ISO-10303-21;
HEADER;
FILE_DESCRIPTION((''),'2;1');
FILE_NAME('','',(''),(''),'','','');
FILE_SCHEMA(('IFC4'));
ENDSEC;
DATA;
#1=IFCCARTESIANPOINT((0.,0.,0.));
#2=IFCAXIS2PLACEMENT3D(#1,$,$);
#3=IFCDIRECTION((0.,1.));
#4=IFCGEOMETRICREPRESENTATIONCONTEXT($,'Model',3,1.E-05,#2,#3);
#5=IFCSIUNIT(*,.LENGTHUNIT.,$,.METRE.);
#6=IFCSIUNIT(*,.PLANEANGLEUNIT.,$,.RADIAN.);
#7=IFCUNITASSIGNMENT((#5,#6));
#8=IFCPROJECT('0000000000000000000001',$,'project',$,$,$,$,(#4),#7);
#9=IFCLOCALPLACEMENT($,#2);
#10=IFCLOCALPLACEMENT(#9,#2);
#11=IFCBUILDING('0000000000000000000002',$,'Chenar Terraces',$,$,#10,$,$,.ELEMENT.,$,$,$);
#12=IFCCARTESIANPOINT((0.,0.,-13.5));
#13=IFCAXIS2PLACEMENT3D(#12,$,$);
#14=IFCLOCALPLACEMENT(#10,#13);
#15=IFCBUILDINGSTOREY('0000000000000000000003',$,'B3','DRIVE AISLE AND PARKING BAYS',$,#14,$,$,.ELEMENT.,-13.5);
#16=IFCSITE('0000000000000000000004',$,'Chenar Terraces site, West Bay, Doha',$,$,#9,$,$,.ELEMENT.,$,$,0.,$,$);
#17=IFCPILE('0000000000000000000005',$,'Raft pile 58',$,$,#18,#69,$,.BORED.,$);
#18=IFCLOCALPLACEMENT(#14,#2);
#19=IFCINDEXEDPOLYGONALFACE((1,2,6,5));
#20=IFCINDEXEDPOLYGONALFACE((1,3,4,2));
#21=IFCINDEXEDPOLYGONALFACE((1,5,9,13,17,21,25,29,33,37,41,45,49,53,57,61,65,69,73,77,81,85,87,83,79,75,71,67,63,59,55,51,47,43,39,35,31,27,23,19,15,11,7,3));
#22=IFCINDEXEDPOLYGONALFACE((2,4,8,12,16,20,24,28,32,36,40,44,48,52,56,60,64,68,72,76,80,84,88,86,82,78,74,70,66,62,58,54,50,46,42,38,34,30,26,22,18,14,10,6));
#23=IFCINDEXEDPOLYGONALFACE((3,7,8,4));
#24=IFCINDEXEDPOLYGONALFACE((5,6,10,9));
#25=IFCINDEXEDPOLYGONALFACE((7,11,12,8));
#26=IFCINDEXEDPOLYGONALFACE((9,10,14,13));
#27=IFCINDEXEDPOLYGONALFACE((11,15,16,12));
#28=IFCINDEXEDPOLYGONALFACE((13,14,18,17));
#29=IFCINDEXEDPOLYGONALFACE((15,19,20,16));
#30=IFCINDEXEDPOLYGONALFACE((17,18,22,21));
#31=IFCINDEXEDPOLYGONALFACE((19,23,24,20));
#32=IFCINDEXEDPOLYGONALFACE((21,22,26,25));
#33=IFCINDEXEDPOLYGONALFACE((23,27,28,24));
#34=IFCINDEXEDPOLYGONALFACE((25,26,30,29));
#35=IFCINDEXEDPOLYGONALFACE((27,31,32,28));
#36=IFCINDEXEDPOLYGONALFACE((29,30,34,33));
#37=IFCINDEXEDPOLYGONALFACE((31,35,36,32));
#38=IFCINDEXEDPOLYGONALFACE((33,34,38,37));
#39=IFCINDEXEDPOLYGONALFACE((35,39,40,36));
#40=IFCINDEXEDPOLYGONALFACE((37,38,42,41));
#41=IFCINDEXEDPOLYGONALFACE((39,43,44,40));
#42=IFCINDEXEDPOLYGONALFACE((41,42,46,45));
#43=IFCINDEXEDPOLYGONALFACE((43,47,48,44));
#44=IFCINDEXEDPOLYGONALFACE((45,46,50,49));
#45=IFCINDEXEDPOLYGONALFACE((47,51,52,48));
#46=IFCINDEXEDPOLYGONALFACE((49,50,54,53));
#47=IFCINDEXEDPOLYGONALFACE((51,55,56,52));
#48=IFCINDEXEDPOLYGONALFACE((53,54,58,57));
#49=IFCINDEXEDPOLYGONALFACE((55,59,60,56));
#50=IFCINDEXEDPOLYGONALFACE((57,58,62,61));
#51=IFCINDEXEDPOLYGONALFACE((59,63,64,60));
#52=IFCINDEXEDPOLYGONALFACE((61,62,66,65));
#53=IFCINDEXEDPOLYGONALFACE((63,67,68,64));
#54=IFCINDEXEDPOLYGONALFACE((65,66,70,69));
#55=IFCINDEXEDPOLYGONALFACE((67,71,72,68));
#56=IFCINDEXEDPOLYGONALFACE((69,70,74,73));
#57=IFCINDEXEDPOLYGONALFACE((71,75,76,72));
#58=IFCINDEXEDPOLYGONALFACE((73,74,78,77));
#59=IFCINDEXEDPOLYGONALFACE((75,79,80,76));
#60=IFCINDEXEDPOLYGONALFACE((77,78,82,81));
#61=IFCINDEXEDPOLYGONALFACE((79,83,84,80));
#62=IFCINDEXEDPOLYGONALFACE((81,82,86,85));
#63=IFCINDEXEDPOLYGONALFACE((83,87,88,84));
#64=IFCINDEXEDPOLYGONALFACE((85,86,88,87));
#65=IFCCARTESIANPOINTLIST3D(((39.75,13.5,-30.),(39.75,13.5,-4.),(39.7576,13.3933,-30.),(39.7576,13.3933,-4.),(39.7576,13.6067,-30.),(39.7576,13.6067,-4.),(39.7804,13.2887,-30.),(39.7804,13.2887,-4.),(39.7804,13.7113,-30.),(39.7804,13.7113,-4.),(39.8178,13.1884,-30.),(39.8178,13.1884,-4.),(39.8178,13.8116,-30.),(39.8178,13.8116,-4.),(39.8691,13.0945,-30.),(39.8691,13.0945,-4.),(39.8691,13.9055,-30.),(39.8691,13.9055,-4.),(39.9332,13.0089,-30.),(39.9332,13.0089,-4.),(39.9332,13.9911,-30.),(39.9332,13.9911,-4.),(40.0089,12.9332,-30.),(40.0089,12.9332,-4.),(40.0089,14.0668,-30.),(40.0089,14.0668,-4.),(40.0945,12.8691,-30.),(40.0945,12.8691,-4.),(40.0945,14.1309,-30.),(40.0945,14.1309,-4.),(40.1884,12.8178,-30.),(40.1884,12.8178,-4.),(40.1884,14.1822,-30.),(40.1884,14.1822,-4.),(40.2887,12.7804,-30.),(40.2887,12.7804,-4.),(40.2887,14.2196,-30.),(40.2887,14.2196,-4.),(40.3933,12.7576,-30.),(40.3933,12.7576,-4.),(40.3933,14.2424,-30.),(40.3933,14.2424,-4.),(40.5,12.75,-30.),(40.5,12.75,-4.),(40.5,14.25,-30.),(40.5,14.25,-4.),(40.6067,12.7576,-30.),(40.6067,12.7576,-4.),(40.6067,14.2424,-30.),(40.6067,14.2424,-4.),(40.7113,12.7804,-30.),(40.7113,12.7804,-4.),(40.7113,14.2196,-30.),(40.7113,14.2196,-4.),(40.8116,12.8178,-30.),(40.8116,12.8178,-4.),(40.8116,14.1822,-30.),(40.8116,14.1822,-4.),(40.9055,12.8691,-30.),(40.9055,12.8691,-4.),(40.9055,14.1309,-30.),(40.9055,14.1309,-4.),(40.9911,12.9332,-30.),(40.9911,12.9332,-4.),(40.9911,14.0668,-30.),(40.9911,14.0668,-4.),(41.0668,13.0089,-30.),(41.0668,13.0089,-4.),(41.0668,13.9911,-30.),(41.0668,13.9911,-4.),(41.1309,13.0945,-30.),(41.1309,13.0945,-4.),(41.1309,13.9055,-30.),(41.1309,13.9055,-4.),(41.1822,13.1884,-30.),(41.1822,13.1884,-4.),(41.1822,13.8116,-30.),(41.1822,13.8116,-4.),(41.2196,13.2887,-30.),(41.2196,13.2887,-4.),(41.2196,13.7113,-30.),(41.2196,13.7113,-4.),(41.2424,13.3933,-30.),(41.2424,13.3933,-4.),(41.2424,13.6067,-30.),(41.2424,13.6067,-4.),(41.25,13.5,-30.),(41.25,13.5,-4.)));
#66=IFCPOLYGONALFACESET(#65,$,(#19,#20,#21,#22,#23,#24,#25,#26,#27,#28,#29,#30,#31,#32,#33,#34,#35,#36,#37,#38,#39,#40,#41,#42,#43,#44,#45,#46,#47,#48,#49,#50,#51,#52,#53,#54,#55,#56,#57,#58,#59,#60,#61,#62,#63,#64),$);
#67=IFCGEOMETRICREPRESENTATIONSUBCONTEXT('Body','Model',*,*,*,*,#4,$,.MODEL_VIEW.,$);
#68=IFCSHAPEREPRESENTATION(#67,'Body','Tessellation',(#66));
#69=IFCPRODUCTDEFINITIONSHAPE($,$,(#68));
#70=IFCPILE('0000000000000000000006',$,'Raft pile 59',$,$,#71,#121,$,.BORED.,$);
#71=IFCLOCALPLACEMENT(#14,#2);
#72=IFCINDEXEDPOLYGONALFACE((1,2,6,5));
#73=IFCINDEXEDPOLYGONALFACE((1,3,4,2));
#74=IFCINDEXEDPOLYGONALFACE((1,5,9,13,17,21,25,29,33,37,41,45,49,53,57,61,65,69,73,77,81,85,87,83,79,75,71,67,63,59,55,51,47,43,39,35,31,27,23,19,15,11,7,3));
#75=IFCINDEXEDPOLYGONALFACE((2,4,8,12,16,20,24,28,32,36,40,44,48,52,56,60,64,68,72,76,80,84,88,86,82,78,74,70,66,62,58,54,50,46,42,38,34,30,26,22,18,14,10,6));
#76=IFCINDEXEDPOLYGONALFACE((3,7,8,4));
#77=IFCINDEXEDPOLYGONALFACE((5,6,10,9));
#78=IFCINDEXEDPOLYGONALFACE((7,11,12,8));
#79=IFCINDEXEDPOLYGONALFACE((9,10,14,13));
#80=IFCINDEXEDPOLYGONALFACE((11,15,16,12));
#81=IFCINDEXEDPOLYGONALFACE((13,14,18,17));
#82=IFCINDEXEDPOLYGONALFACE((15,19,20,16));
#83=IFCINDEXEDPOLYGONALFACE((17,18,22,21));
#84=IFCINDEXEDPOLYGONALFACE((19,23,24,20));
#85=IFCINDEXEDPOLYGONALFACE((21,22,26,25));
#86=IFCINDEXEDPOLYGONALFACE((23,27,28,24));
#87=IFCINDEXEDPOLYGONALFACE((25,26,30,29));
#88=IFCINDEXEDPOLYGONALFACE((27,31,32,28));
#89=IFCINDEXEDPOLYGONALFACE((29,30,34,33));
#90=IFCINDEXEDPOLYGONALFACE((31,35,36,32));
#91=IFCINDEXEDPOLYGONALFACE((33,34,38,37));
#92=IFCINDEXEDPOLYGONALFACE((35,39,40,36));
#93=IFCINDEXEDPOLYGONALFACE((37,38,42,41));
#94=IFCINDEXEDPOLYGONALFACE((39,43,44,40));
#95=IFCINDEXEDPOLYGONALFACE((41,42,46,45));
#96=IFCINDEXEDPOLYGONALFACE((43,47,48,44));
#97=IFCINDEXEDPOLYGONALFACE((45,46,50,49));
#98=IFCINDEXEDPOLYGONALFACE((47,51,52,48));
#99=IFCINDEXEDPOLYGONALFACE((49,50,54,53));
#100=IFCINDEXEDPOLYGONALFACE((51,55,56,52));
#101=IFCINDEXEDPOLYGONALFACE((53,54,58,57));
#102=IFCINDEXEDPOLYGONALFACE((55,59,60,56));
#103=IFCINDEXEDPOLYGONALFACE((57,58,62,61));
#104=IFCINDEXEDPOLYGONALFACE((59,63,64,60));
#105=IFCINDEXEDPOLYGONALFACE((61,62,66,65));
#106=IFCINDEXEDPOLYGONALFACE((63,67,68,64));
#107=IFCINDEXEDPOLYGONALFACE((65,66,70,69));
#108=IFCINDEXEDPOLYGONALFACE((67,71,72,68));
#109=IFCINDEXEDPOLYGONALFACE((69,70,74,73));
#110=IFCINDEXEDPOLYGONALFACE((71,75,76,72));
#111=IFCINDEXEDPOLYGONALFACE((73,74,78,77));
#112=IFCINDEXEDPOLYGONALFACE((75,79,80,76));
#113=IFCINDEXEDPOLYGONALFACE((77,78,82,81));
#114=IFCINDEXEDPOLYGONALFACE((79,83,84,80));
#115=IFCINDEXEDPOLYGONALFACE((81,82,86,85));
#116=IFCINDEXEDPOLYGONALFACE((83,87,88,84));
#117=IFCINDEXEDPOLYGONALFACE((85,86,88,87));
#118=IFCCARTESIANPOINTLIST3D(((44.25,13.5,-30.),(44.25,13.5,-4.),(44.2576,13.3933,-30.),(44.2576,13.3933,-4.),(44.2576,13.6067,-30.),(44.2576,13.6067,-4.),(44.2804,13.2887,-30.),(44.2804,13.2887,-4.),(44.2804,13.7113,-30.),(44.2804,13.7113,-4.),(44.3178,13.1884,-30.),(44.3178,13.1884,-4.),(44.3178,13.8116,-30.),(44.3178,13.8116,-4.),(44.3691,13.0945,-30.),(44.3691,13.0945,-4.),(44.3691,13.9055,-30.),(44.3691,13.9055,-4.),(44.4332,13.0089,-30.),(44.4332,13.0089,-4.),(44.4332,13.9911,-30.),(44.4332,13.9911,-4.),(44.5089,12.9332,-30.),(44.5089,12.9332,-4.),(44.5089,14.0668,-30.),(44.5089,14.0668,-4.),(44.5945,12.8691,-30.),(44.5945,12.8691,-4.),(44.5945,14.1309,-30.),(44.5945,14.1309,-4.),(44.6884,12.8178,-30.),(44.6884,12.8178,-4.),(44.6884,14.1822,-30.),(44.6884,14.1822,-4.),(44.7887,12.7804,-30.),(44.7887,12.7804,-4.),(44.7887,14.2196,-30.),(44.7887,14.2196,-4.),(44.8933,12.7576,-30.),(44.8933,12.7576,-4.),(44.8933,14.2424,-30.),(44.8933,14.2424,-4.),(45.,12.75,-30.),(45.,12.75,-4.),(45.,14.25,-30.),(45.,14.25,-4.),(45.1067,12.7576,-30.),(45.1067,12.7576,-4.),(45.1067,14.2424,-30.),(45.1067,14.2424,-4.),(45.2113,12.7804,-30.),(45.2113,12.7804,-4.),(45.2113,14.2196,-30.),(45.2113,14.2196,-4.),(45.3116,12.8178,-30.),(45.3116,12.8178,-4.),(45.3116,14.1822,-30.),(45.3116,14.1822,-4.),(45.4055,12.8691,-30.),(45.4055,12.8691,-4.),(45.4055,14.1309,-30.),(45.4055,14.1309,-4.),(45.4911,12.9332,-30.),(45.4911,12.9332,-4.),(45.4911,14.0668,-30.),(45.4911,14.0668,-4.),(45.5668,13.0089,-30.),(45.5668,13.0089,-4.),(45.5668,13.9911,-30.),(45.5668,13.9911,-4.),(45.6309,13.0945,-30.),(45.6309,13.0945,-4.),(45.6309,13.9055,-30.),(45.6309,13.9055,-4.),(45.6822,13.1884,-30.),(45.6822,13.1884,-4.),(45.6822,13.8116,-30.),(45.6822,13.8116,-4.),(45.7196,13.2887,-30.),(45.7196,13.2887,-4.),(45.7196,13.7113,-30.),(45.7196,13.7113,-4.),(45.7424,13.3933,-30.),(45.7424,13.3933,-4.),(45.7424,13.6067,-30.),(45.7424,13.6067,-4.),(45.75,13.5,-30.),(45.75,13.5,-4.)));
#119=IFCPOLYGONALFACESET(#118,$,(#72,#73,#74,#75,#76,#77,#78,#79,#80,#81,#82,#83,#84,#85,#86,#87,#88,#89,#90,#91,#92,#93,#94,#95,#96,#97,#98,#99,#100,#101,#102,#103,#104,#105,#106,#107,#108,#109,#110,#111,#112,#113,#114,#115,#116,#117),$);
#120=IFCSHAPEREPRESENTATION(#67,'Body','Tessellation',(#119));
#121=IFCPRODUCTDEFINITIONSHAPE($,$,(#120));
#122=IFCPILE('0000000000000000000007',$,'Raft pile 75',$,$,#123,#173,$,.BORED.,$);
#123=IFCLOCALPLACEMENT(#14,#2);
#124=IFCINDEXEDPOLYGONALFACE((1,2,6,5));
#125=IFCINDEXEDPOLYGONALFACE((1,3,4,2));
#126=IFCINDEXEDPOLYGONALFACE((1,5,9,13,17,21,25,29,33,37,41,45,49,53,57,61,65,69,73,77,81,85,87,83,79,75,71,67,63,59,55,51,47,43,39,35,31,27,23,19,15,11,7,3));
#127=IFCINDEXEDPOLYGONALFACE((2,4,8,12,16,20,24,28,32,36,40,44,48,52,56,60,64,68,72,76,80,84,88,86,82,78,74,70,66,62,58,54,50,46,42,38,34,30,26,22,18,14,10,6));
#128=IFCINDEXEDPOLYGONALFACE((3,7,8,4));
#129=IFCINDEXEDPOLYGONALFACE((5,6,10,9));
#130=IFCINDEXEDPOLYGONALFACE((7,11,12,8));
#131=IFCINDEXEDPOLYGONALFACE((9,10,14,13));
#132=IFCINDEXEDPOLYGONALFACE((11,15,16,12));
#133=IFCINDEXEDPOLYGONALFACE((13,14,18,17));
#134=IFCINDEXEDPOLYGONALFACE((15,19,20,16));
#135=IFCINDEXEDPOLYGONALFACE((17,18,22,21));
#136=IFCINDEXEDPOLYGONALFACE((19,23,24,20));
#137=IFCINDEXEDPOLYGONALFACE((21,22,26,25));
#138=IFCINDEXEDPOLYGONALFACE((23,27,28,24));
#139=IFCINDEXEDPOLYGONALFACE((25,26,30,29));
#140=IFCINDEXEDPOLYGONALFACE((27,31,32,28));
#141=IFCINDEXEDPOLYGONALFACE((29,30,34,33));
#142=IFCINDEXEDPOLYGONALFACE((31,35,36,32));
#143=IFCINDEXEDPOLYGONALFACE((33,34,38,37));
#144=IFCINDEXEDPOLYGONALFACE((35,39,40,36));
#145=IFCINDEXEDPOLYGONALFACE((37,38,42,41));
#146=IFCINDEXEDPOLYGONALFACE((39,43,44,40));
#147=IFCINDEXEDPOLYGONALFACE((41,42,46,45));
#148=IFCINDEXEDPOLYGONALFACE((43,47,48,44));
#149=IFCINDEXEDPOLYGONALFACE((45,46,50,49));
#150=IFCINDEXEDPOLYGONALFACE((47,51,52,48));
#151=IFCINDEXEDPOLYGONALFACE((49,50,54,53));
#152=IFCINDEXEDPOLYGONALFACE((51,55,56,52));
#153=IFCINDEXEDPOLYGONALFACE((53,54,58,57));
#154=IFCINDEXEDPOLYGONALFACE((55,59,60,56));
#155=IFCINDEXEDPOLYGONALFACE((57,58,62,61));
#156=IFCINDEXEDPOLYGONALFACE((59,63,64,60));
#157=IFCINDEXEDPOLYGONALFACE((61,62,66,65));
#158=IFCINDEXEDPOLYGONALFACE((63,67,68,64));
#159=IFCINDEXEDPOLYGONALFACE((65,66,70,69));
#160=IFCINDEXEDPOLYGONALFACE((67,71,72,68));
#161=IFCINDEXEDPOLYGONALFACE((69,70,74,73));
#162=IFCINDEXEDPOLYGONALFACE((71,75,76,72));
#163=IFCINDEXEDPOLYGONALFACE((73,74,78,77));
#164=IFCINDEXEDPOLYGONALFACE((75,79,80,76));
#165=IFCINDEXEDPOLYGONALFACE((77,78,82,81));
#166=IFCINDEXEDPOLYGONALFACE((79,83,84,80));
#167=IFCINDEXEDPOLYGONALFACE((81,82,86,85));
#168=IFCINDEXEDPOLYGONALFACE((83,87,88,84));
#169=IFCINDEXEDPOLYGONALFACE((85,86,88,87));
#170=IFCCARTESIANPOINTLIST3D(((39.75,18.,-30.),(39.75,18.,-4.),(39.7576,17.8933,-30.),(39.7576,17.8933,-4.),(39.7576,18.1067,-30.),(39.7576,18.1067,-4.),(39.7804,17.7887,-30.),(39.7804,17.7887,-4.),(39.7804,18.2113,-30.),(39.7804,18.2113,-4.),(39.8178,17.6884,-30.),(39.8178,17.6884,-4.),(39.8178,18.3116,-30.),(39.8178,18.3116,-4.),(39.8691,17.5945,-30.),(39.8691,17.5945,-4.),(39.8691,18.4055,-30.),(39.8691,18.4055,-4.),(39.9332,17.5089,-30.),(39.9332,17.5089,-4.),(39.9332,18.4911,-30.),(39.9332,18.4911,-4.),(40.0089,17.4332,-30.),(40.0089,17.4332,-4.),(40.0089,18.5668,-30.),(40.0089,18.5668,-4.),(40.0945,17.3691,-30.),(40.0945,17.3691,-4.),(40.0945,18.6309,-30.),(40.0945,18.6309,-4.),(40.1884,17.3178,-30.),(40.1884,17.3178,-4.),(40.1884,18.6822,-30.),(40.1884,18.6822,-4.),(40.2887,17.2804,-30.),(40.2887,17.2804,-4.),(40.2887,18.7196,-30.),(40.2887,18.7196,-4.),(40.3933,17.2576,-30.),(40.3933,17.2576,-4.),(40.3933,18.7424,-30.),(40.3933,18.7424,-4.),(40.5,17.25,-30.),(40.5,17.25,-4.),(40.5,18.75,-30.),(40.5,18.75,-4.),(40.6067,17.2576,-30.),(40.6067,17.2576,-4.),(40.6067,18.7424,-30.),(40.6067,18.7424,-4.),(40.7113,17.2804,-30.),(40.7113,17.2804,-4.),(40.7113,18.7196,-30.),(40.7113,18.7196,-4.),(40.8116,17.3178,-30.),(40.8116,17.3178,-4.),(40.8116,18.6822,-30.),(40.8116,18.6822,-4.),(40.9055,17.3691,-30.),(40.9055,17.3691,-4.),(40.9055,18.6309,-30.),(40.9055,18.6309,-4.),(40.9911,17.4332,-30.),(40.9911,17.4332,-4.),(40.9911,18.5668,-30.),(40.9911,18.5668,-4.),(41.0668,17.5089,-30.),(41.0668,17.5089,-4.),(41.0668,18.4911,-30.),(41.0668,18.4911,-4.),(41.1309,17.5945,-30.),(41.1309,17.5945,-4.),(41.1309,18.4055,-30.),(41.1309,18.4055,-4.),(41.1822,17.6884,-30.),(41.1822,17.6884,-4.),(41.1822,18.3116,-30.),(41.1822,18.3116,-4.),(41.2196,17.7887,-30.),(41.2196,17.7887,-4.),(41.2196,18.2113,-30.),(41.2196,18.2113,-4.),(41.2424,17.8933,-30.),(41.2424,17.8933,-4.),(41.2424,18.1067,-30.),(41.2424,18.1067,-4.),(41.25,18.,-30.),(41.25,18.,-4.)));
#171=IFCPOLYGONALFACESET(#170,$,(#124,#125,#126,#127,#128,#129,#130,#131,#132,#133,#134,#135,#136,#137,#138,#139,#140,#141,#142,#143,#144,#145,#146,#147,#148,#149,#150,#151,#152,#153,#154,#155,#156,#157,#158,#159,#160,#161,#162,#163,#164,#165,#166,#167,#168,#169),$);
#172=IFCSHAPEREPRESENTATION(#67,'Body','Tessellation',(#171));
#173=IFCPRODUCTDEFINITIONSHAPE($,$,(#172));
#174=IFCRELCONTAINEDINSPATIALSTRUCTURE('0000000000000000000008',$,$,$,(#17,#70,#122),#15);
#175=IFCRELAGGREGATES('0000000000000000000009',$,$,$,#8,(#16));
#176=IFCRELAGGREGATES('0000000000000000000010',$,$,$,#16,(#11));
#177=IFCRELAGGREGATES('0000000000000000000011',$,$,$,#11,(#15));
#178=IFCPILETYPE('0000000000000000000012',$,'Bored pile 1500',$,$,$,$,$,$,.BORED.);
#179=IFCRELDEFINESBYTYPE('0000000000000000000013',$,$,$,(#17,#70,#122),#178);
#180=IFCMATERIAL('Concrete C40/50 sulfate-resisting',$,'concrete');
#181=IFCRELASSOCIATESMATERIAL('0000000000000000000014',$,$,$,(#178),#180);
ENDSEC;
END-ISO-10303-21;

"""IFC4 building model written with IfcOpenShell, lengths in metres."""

from ifc_helpers import new_model, si_unit, direction, frame, origin, origin_2d, place, context, subcontext, project, spatial, circle, extrude, material, material_profile, profile_set, type_object, element, save


model = new_model("IFC4")

# Units and contexts
model_context = context("Model", 3, precision=1e-05, world=origin(), true_north=direction((0.0, 1.0)))
body_context = subcontext(model_context, "Body", "Model", "MODEL_VIEW")
ifc_project = project(units=[si_unit("LENGTHUNIT", "METRE"), si_unit("PLANEANGLEUNIT", "RADIAN")], contexts=[model_context])

# Site, building, storey
site_placement = place(None, origin())
site = spatial("IfcSite", under=ifc_project, at=site_placement, Name="Chenar Terraces site, West Bay, Doha", CompositionType="ELEMENT", RefElevation=0.0)
building_placement = place(site_placement, origin())
building = spatial("IfcBuilding", under=site, at=building_placement, Name="Chenar Terraces", CompositionType="ELEMENT")
storey_placement = place(building_placement, frame((0.0, 0.0, -13.5)))
storey = spatial("IfcBuildingStorey", under=building, at=storey_placement, Name="B3", Description="DRIVE AISLE AND PARKING BAYS", CompositionType="ELEMENT", Elevation=-13.5)

# Piles
ifc_material_1 = material(Name="Concrete C40/50 sulfate-resisting", Category="concrete")
ifc_material_profile_1 = material_profile(ifc_material_1, circle(Radius=0.75, at=origin_2d()), Name="BP 1500")
ifc_profile_set_1 = profile_set([ifc_material_profile_1], Name="Concrete C40/50 sulfate-resisting")
pile_type = type_object("IfcPileType", Name="Bored pile 1500", PredefinedType="BORED", material=ifc_profile_set_1)
for number, where, z_axis, x_axis, name in (
    (1, (40.5, 13.5, -4.0), (0.0, 0.0, -1.0), (1.0, 0.0, 0.0), "Raft pile 58"),
    (2, (45.0, 13.5, -4.0), (0.0, 0.0, -1.0), (1.0, 0.0, 0.0), "Raft pile 59"),
    (3, (40.5, 18.0, -4.0), (0.0, 0.0, -1.0), (1.0, 0.0, 0.0), "Raft pile 75"),
):
    element("IfcPile", number, at=place(storey_placement, frame(where, z_axis=z_axis, x_axis=x_axis)), inside=storey, type_object=pile_type, Name=name, PredefinedType="BORED", context=body_context, shape_type="SweptSolid", body=[
        extrude(circle(Radius=0.75, at=origin_2d()), origin(), (0.0, 0.0, 1.0), 26.0),
    ])

save(model, "model.ifc")
